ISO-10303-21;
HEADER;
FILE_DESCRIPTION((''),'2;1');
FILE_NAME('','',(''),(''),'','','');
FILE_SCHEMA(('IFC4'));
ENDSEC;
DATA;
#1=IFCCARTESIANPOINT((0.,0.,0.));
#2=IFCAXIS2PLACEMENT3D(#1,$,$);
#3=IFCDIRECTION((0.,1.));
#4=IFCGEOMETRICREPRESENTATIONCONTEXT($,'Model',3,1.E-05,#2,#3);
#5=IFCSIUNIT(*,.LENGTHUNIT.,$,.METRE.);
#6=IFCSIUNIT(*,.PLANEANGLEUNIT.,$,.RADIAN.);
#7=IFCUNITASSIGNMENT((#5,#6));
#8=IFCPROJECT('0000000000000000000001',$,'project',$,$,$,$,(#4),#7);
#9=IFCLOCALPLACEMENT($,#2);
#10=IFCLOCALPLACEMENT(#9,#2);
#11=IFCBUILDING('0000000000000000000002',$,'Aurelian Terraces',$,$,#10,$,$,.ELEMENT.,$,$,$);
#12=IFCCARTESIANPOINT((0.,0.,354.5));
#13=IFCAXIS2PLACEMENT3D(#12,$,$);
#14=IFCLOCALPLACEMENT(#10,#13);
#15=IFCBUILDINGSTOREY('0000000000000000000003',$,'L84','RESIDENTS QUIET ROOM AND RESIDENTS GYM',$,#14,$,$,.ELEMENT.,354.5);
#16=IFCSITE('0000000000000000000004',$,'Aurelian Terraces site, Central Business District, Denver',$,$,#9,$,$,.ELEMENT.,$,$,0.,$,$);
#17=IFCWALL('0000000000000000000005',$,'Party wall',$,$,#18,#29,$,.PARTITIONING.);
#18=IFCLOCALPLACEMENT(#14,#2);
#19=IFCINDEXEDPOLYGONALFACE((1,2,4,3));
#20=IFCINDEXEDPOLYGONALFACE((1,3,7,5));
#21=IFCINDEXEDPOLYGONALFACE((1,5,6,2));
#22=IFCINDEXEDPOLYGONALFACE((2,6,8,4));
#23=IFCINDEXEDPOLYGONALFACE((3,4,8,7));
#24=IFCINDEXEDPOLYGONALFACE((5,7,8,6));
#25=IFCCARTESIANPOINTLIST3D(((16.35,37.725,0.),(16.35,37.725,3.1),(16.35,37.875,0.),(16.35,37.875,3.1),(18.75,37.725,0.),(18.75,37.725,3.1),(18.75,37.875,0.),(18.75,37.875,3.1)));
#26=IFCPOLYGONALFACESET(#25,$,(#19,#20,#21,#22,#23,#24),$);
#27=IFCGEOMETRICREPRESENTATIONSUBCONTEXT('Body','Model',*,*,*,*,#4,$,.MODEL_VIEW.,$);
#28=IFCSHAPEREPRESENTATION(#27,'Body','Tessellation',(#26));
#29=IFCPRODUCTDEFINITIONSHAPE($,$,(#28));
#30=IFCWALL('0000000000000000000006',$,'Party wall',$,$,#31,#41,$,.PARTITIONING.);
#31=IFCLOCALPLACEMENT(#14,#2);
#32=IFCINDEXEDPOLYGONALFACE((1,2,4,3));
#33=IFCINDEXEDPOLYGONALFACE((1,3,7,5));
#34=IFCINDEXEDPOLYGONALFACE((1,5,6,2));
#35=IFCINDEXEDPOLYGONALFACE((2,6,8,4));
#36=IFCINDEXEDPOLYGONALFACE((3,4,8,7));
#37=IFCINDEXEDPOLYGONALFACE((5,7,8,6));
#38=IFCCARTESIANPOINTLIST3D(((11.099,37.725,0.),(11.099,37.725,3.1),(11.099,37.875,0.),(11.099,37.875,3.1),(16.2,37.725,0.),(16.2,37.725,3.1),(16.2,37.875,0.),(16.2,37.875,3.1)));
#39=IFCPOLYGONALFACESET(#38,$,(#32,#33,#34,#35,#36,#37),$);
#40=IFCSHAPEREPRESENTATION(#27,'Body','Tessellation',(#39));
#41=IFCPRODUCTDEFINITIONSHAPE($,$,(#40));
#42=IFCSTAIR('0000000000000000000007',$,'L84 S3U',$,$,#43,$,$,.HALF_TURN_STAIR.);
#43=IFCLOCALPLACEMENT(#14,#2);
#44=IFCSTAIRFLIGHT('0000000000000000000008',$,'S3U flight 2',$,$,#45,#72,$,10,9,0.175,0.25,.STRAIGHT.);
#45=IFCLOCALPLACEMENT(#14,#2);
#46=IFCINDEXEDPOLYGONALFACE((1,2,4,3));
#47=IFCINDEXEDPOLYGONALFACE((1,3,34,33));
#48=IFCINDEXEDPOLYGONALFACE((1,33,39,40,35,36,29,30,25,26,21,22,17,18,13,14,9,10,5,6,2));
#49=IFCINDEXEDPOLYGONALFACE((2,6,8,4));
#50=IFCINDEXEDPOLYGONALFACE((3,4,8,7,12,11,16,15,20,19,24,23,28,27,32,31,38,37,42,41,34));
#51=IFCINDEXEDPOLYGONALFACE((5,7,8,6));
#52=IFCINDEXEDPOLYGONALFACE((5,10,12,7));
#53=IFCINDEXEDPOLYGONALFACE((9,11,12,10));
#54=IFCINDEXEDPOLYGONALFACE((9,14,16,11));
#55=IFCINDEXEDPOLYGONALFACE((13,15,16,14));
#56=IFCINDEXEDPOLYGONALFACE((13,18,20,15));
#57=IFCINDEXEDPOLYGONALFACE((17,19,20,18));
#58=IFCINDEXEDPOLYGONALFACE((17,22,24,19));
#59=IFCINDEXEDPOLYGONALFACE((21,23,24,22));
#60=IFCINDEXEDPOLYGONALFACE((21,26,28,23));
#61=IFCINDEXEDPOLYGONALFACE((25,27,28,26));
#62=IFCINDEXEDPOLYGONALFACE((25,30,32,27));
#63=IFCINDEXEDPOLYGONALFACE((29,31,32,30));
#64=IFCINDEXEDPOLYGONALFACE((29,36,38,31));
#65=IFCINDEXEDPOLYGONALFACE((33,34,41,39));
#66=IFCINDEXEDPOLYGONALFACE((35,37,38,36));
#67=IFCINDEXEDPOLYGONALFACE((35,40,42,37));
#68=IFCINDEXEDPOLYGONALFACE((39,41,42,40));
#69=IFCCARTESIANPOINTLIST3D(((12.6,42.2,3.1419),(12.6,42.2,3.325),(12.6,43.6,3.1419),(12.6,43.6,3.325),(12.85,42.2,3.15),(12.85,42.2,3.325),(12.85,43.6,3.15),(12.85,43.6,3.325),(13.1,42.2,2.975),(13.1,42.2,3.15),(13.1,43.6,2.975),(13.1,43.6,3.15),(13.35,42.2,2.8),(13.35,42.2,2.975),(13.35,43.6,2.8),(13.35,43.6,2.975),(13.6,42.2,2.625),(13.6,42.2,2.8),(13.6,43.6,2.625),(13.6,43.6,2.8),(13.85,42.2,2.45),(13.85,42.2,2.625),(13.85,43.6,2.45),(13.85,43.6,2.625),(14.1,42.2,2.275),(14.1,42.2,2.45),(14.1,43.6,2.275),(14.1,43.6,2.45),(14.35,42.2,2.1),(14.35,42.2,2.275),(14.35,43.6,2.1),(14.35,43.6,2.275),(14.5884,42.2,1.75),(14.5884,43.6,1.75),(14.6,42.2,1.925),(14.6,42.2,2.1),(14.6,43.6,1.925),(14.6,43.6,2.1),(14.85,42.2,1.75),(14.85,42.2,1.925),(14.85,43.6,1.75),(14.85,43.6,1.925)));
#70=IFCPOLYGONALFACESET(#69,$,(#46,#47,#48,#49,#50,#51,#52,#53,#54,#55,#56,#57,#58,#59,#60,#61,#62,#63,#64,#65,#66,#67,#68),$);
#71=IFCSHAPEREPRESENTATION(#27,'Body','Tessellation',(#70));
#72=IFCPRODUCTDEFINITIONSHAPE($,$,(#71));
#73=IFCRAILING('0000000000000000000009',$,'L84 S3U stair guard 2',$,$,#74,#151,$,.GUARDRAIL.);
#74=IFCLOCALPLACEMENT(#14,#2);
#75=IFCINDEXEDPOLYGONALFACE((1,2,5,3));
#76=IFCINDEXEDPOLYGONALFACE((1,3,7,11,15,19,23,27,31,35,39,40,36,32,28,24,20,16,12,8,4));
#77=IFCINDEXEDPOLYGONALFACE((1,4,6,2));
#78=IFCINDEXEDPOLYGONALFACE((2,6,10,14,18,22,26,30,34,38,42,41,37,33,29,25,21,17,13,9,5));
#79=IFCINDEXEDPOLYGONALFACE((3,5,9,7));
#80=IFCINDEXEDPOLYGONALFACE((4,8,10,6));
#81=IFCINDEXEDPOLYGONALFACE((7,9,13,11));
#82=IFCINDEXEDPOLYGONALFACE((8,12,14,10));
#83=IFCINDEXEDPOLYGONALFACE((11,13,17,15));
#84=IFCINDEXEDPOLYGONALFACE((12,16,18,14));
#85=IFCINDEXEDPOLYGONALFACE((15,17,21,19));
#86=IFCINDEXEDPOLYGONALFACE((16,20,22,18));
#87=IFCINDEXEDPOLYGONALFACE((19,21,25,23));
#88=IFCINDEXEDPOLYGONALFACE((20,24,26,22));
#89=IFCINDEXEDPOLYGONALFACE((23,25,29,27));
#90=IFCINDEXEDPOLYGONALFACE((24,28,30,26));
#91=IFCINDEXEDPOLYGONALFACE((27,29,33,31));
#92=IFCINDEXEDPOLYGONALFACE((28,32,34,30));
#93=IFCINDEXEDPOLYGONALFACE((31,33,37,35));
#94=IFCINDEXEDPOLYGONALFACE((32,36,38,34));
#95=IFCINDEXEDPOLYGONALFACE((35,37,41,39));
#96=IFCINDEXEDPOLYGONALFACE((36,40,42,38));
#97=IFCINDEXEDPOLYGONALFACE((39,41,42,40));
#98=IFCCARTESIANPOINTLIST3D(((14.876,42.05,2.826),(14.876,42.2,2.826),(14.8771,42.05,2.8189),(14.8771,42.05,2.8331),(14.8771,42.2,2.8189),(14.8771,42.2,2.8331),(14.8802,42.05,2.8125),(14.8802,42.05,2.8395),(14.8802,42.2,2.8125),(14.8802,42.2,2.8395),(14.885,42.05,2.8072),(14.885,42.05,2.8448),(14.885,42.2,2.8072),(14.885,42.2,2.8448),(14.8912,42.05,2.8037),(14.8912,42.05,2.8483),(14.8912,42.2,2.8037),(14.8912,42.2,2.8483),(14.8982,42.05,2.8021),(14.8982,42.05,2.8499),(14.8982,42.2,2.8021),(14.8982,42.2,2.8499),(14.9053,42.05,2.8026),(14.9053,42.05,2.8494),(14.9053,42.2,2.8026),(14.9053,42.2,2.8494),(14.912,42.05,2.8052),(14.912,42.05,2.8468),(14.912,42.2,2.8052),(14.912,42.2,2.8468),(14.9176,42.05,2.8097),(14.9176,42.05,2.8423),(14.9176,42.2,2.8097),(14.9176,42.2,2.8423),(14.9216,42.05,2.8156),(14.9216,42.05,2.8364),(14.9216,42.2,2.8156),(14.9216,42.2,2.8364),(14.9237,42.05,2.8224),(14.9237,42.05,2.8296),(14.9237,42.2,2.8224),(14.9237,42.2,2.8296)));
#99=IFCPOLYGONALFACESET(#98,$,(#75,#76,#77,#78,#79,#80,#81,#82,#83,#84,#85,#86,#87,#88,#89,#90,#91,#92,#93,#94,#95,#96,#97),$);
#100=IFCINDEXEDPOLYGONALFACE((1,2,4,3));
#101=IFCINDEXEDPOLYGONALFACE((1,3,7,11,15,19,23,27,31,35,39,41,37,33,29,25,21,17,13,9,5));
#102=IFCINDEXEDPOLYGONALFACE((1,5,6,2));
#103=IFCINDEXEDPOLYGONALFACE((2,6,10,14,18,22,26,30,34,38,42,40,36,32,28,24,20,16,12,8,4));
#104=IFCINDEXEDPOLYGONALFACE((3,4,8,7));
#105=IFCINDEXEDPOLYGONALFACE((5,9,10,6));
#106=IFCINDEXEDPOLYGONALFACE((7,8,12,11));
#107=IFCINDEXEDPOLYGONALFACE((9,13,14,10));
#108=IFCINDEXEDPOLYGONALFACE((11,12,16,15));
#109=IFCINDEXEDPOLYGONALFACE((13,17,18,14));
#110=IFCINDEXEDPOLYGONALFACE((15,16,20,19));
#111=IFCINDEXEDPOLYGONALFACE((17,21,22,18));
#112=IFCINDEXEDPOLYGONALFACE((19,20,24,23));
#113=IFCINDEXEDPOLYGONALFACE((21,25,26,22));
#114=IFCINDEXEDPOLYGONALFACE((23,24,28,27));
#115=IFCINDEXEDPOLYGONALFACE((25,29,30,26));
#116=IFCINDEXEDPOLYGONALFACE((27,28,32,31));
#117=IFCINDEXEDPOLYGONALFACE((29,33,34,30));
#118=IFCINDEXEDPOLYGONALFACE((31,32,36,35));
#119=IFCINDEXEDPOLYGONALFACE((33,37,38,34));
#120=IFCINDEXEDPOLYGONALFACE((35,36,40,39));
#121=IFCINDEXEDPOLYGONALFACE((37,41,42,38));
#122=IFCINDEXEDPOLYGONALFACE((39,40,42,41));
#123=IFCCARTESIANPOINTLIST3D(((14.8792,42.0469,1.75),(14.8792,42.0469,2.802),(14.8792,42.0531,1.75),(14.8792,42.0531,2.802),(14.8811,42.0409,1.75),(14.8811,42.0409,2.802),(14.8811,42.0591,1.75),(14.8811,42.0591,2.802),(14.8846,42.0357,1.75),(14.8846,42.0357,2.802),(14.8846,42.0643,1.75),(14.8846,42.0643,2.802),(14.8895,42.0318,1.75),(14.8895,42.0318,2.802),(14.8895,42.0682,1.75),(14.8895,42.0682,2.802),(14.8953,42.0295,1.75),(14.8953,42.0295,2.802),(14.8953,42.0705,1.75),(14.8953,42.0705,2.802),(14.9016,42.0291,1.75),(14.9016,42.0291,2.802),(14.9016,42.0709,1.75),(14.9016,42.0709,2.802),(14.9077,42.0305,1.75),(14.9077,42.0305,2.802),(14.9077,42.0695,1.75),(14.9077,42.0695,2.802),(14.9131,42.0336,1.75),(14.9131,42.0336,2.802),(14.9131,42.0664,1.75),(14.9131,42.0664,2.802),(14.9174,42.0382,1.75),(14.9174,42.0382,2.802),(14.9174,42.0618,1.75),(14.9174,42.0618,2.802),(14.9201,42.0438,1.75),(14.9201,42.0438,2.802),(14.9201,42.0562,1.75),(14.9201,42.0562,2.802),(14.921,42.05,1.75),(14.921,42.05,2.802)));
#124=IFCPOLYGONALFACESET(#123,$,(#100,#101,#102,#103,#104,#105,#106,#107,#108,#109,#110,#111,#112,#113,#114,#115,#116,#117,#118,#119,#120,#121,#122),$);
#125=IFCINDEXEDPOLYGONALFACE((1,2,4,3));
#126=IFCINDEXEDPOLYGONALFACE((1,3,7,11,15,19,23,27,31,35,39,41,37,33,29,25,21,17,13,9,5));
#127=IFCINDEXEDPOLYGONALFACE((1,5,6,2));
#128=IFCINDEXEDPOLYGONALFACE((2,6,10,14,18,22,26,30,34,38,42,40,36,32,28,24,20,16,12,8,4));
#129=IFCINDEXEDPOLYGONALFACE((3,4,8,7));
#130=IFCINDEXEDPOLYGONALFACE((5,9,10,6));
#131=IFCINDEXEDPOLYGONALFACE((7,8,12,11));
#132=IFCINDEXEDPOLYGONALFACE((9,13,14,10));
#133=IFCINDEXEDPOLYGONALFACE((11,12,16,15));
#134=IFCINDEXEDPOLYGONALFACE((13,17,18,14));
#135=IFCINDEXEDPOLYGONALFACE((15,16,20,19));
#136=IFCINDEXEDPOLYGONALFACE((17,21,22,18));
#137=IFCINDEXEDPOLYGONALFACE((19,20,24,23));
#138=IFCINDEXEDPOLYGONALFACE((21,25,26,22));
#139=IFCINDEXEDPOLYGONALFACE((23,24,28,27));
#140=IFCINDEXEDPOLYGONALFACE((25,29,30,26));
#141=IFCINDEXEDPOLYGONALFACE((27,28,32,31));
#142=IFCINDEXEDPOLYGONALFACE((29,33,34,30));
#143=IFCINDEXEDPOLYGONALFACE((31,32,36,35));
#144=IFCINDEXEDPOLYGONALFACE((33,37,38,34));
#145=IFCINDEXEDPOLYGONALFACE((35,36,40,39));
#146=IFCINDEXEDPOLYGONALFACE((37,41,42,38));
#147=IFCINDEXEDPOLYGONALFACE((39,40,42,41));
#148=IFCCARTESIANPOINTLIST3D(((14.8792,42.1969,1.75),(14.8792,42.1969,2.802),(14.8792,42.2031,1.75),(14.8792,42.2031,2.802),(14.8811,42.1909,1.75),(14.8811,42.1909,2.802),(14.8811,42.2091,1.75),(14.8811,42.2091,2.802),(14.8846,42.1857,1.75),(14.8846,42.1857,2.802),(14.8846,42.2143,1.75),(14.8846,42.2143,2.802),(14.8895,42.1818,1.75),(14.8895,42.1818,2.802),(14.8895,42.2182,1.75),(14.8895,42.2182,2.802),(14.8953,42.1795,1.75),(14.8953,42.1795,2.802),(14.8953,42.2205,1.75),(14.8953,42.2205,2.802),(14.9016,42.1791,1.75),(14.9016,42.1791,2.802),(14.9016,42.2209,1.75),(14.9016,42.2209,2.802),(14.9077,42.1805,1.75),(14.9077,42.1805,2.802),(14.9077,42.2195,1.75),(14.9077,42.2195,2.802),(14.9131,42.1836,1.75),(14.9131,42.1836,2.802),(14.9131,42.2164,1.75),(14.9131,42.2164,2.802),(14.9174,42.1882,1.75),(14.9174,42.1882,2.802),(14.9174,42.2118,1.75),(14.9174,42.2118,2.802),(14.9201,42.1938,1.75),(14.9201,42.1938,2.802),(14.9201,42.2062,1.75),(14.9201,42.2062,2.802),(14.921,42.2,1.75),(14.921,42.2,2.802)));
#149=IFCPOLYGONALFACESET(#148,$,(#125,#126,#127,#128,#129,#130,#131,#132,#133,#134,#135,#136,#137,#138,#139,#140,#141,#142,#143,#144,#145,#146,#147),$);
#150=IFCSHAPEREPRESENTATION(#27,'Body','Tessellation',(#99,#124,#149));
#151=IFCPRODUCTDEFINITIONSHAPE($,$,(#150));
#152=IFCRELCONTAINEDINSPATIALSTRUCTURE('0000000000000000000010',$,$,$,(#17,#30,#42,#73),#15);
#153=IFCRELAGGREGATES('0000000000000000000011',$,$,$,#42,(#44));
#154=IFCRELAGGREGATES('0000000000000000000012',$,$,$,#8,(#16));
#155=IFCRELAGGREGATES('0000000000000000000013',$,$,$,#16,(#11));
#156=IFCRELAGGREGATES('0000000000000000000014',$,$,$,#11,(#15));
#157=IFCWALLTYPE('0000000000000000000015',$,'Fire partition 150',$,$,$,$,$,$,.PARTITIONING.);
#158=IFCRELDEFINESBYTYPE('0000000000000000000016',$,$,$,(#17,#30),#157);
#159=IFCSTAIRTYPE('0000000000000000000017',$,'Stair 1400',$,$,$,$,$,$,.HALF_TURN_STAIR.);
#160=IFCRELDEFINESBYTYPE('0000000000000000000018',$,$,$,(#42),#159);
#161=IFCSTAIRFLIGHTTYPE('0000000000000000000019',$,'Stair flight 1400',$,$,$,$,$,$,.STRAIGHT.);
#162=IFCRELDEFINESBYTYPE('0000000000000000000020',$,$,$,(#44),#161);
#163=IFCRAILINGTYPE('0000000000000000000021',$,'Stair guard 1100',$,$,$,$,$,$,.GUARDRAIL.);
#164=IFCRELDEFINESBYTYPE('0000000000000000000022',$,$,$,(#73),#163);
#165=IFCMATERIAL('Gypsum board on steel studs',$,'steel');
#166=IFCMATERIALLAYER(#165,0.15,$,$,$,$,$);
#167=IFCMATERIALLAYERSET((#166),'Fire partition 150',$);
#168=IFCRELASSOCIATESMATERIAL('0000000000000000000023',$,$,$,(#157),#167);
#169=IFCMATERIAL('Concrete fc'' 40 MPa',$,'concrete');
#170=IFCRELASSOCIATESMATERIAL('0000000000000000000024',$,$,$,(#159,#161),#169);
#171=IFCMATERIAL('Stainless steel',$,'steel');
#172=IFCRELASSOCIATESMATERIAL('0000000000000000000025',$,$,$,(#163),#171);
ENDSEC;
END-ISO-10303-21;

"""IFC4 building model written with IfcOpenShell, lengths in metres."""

from ifc_helpers import new_model, si_unit, direction, frame, frame_2d, origin, origin_2d, place, context, subcontext, project, spatial, polyline, rectangle, circle, outline, extrude, source, transform, mapped, material, layer, layer_set, type_object, element, aggregate, save


model = new_model("IFC4")

# Units and contexts
model_context = context("Model", 3, precision=1e-05, world=origin(), true_north=direction((0.0, 1.0)))
body_context = subcontext(model_context, "Body", "Model", "MODEL_VIEW")
ifc_project = project(units=[si_unit("LENGTHUNIT", "METRE"), si_unit("PLANEANGLEUNIT", "RADIAN")], contexts=[model_context])

# Site, building, storey
site_placement = place(None, origin())
site = spatial("IfcSite", under=ifc_project, at=site_placement, Name="Aurelian Terraces site, Central Business District, Denver", CompositionType="ELEMENT", RefElevation=0.0)
building_placement = place(site_placement, origin())
building = spatial("IfcBuilding", under=site, at=building_placement, Name="Aurelian Terraces", CompositionType="ELEMENT")
storey_placement = place(building_placement, frame((0.0, 0.0, 354.5)))
storey = spatial("IfcBuildingStorey", under=building, at=storey_placement, Name="L84", Description="RESIDENTS QUIET ROOM AND RESIDENTS GYM", CompositionType="ELEMENT", Elevation=354.5)

# Shared definitions
ifc_material_1 = material(Name="Concrete fc' 40 MPa", Category="concrete")

# Shared definitions
ifc_material_2 = material(Name="Gypsum board on steel studs", Category="steel")

# Shared definitions
shared_shape_1 = source(origin(), body_context, "Body", "SweptSolid", [
    extrude(rectangle(XDim=2.4, YDim=0.15, at=frame_2d((1.2, 0.0))), origin(), (0.0, 0.0, 1.0), 3.1),
])

# Walls
ifc_layer_1 = layer(ifc_material_2, 0.15)
ifc_layer_set_1 = layer_set([ifc_layer_1], Name="Fire partition 150")
wall_type_1 = type_object("IfcWallType", Name="Fire partition 150", PredefinedType="PARTITIONING", material=ifc_layer_set_1)
wall_1_placement = place(storey_placement, frame((18.75, 37.8, 0.0), z_axis=(0.0, 0.0, 1.0), x_axis=(-1.0, 0.0, 0.0)))
element("IfcWall", 1, at=wall_1_placement, inside=storey, type_object=wall_type_1, Name="Party wall", PredefinedType="PARTITIONING", context=body_context, shape_type="MappedRepresentation", body=[
    mapped(shared_shape_1, transform((0.0, 0.0, 0.0), scale=1.0)),
])
shared_shape_2 = source(origin(), body_context, "Body", "SweptSolid", [
    extrude(rectangle(XDim=5.101, YDim=0.15, at=frame_2d((2.5505, 0.0))), origin(), (0.0, 0.0, 1.0), 3.1),
])
wall_2_placement = place(storey_placement, frame((16.2, 37.8, 0.0), z_axis=(0.0, 0.0, 1.0), x_axis=(-1.0, 0.0, 0.0)))
element("IfcWall", 2, at=wall_2_placement, inside=storey, type_object=wall_type_1, Name="Party wall", PredefinedType="PARTITIONING", context=body_context, shape_type="MappedRepresentation", body=[
    mapped(shared_shape_2, transform((0.0, 0.0, 0.0), scale=1.0)),
])

# Stair, stair flight
stair_type = type_object("IfcStairType", Name="Stair 1400", PredefinedType="HALF_TURN_STAIR", material=ifc_material_1)
stair_placement = place(storey_placement, origin())
stair = element("IfcStair", 3, at=stair_placement, inside=storey, type_object=stair_type, Name="L84 S3U", PredefinedType="HALF_TURN_STAIR")
stair_flight_type = type_object("IfcStairFlightType", Name="Stair flight 1400", PredefinedType="STRAIGHT", material=ifc_material_1)
shared_shape_3 = source(origin(), body_context, "Body", "SweptSolid", [
    extrude(outline(polyline([(0.0, 0.0), (0.0, 0.175), (0.25, 0.175), (0.25, 0.35), (0.5, 0.35), (0.5, 0.525), (0.75, 0.525), (0.75, 0.7), (1.0, 0.7), (1.0, 0.875), (1.25, 0.875), (1.25, 1.05), (1.5, 1.05), (1.5, 1.225), (1.75, 1.225), (1.75, 1.4), (2.0, 1.4), (2.0, 1.575), (2.25, 1.575), (2.25, 1.75), (2.25, 1.3919), (0.2616, 0.0), (0.0, 0.0)])), frame((0.0, 0.7, 0.0), z_axis=(0.0, -1.0, 0.0), x_axis=(1.0, 0.0, 0.0)), (0.0, 0.0, 1.0), 1.4),
])
stair_flight_placement = place(storey_placement, frame((14.85, 42.9, 1.75), z_axis=(0.0, 0.0, 1.0), x_axis=(-1.0, 0.0, 0.0)))
stair_flight = element("IfcStairFlight", 4, at=stair_flight_placement, type_object=stair_flight_type, Name="S3U flight 2", NumberOfRisers=10, NumberOfTreads=9, PredefinedType="STRAIGHT", RiserHeight=0.175, TreadLength=0.25, context=body_context, shape_type="MappedRepresentation", body=[
    mapped(shared_shape_3, transform((0.0, 0.0, 0.0), scale=1.0)),
])
aggregate(stair, [stair_flight])

# Railing
ifc_material_3 = material(Name="Stainless steel", Category="steel")
railing_type_1 = type_object("IfcRailingType", Name="Stair guard 1100", PredefinedType="GUARDRAIL", material=ifc_material_3)
shared_shape_4 = source(origin(), body_context, "Body", "SweptSolid", [
    extrude(circle(Radius=0.024, at=origin_2d()), frame((0.0, 0.0, 1.076), z_axis=(0.0, 1.0, 0.0), x_axis=(-1.0, 0.0, 0.0)), (0.0, 0.0, 1.0), 0.15),
    extrude(circle(Radius=0.021, at=origin_2d()), origin(), (0.0, 0.0, 1.0), 1.052),
    extrude(circle(Radius=0.021, at=origin_2d()), frame((0.0, 0.15, 0.0)), (0.0, 0.0, 1.0), 1.052),
])
railing_1_placement = place(storey_placement, frame((14.9, 42.05, 1.75)))
element("IfcRailing", 5, at=railing_1_placement, inside=storey, type_object=railing_type_1, Name="L84 S3U stair guard 2", PredefinedType="GUARDRAIL", context=body_context, shape_type="MappedRepresentation", body=[
    mapped(shared_shape_4, transform((0.0, 0.0, 0.0), scale=1.0)),
])

save(model, "model.ifc")
